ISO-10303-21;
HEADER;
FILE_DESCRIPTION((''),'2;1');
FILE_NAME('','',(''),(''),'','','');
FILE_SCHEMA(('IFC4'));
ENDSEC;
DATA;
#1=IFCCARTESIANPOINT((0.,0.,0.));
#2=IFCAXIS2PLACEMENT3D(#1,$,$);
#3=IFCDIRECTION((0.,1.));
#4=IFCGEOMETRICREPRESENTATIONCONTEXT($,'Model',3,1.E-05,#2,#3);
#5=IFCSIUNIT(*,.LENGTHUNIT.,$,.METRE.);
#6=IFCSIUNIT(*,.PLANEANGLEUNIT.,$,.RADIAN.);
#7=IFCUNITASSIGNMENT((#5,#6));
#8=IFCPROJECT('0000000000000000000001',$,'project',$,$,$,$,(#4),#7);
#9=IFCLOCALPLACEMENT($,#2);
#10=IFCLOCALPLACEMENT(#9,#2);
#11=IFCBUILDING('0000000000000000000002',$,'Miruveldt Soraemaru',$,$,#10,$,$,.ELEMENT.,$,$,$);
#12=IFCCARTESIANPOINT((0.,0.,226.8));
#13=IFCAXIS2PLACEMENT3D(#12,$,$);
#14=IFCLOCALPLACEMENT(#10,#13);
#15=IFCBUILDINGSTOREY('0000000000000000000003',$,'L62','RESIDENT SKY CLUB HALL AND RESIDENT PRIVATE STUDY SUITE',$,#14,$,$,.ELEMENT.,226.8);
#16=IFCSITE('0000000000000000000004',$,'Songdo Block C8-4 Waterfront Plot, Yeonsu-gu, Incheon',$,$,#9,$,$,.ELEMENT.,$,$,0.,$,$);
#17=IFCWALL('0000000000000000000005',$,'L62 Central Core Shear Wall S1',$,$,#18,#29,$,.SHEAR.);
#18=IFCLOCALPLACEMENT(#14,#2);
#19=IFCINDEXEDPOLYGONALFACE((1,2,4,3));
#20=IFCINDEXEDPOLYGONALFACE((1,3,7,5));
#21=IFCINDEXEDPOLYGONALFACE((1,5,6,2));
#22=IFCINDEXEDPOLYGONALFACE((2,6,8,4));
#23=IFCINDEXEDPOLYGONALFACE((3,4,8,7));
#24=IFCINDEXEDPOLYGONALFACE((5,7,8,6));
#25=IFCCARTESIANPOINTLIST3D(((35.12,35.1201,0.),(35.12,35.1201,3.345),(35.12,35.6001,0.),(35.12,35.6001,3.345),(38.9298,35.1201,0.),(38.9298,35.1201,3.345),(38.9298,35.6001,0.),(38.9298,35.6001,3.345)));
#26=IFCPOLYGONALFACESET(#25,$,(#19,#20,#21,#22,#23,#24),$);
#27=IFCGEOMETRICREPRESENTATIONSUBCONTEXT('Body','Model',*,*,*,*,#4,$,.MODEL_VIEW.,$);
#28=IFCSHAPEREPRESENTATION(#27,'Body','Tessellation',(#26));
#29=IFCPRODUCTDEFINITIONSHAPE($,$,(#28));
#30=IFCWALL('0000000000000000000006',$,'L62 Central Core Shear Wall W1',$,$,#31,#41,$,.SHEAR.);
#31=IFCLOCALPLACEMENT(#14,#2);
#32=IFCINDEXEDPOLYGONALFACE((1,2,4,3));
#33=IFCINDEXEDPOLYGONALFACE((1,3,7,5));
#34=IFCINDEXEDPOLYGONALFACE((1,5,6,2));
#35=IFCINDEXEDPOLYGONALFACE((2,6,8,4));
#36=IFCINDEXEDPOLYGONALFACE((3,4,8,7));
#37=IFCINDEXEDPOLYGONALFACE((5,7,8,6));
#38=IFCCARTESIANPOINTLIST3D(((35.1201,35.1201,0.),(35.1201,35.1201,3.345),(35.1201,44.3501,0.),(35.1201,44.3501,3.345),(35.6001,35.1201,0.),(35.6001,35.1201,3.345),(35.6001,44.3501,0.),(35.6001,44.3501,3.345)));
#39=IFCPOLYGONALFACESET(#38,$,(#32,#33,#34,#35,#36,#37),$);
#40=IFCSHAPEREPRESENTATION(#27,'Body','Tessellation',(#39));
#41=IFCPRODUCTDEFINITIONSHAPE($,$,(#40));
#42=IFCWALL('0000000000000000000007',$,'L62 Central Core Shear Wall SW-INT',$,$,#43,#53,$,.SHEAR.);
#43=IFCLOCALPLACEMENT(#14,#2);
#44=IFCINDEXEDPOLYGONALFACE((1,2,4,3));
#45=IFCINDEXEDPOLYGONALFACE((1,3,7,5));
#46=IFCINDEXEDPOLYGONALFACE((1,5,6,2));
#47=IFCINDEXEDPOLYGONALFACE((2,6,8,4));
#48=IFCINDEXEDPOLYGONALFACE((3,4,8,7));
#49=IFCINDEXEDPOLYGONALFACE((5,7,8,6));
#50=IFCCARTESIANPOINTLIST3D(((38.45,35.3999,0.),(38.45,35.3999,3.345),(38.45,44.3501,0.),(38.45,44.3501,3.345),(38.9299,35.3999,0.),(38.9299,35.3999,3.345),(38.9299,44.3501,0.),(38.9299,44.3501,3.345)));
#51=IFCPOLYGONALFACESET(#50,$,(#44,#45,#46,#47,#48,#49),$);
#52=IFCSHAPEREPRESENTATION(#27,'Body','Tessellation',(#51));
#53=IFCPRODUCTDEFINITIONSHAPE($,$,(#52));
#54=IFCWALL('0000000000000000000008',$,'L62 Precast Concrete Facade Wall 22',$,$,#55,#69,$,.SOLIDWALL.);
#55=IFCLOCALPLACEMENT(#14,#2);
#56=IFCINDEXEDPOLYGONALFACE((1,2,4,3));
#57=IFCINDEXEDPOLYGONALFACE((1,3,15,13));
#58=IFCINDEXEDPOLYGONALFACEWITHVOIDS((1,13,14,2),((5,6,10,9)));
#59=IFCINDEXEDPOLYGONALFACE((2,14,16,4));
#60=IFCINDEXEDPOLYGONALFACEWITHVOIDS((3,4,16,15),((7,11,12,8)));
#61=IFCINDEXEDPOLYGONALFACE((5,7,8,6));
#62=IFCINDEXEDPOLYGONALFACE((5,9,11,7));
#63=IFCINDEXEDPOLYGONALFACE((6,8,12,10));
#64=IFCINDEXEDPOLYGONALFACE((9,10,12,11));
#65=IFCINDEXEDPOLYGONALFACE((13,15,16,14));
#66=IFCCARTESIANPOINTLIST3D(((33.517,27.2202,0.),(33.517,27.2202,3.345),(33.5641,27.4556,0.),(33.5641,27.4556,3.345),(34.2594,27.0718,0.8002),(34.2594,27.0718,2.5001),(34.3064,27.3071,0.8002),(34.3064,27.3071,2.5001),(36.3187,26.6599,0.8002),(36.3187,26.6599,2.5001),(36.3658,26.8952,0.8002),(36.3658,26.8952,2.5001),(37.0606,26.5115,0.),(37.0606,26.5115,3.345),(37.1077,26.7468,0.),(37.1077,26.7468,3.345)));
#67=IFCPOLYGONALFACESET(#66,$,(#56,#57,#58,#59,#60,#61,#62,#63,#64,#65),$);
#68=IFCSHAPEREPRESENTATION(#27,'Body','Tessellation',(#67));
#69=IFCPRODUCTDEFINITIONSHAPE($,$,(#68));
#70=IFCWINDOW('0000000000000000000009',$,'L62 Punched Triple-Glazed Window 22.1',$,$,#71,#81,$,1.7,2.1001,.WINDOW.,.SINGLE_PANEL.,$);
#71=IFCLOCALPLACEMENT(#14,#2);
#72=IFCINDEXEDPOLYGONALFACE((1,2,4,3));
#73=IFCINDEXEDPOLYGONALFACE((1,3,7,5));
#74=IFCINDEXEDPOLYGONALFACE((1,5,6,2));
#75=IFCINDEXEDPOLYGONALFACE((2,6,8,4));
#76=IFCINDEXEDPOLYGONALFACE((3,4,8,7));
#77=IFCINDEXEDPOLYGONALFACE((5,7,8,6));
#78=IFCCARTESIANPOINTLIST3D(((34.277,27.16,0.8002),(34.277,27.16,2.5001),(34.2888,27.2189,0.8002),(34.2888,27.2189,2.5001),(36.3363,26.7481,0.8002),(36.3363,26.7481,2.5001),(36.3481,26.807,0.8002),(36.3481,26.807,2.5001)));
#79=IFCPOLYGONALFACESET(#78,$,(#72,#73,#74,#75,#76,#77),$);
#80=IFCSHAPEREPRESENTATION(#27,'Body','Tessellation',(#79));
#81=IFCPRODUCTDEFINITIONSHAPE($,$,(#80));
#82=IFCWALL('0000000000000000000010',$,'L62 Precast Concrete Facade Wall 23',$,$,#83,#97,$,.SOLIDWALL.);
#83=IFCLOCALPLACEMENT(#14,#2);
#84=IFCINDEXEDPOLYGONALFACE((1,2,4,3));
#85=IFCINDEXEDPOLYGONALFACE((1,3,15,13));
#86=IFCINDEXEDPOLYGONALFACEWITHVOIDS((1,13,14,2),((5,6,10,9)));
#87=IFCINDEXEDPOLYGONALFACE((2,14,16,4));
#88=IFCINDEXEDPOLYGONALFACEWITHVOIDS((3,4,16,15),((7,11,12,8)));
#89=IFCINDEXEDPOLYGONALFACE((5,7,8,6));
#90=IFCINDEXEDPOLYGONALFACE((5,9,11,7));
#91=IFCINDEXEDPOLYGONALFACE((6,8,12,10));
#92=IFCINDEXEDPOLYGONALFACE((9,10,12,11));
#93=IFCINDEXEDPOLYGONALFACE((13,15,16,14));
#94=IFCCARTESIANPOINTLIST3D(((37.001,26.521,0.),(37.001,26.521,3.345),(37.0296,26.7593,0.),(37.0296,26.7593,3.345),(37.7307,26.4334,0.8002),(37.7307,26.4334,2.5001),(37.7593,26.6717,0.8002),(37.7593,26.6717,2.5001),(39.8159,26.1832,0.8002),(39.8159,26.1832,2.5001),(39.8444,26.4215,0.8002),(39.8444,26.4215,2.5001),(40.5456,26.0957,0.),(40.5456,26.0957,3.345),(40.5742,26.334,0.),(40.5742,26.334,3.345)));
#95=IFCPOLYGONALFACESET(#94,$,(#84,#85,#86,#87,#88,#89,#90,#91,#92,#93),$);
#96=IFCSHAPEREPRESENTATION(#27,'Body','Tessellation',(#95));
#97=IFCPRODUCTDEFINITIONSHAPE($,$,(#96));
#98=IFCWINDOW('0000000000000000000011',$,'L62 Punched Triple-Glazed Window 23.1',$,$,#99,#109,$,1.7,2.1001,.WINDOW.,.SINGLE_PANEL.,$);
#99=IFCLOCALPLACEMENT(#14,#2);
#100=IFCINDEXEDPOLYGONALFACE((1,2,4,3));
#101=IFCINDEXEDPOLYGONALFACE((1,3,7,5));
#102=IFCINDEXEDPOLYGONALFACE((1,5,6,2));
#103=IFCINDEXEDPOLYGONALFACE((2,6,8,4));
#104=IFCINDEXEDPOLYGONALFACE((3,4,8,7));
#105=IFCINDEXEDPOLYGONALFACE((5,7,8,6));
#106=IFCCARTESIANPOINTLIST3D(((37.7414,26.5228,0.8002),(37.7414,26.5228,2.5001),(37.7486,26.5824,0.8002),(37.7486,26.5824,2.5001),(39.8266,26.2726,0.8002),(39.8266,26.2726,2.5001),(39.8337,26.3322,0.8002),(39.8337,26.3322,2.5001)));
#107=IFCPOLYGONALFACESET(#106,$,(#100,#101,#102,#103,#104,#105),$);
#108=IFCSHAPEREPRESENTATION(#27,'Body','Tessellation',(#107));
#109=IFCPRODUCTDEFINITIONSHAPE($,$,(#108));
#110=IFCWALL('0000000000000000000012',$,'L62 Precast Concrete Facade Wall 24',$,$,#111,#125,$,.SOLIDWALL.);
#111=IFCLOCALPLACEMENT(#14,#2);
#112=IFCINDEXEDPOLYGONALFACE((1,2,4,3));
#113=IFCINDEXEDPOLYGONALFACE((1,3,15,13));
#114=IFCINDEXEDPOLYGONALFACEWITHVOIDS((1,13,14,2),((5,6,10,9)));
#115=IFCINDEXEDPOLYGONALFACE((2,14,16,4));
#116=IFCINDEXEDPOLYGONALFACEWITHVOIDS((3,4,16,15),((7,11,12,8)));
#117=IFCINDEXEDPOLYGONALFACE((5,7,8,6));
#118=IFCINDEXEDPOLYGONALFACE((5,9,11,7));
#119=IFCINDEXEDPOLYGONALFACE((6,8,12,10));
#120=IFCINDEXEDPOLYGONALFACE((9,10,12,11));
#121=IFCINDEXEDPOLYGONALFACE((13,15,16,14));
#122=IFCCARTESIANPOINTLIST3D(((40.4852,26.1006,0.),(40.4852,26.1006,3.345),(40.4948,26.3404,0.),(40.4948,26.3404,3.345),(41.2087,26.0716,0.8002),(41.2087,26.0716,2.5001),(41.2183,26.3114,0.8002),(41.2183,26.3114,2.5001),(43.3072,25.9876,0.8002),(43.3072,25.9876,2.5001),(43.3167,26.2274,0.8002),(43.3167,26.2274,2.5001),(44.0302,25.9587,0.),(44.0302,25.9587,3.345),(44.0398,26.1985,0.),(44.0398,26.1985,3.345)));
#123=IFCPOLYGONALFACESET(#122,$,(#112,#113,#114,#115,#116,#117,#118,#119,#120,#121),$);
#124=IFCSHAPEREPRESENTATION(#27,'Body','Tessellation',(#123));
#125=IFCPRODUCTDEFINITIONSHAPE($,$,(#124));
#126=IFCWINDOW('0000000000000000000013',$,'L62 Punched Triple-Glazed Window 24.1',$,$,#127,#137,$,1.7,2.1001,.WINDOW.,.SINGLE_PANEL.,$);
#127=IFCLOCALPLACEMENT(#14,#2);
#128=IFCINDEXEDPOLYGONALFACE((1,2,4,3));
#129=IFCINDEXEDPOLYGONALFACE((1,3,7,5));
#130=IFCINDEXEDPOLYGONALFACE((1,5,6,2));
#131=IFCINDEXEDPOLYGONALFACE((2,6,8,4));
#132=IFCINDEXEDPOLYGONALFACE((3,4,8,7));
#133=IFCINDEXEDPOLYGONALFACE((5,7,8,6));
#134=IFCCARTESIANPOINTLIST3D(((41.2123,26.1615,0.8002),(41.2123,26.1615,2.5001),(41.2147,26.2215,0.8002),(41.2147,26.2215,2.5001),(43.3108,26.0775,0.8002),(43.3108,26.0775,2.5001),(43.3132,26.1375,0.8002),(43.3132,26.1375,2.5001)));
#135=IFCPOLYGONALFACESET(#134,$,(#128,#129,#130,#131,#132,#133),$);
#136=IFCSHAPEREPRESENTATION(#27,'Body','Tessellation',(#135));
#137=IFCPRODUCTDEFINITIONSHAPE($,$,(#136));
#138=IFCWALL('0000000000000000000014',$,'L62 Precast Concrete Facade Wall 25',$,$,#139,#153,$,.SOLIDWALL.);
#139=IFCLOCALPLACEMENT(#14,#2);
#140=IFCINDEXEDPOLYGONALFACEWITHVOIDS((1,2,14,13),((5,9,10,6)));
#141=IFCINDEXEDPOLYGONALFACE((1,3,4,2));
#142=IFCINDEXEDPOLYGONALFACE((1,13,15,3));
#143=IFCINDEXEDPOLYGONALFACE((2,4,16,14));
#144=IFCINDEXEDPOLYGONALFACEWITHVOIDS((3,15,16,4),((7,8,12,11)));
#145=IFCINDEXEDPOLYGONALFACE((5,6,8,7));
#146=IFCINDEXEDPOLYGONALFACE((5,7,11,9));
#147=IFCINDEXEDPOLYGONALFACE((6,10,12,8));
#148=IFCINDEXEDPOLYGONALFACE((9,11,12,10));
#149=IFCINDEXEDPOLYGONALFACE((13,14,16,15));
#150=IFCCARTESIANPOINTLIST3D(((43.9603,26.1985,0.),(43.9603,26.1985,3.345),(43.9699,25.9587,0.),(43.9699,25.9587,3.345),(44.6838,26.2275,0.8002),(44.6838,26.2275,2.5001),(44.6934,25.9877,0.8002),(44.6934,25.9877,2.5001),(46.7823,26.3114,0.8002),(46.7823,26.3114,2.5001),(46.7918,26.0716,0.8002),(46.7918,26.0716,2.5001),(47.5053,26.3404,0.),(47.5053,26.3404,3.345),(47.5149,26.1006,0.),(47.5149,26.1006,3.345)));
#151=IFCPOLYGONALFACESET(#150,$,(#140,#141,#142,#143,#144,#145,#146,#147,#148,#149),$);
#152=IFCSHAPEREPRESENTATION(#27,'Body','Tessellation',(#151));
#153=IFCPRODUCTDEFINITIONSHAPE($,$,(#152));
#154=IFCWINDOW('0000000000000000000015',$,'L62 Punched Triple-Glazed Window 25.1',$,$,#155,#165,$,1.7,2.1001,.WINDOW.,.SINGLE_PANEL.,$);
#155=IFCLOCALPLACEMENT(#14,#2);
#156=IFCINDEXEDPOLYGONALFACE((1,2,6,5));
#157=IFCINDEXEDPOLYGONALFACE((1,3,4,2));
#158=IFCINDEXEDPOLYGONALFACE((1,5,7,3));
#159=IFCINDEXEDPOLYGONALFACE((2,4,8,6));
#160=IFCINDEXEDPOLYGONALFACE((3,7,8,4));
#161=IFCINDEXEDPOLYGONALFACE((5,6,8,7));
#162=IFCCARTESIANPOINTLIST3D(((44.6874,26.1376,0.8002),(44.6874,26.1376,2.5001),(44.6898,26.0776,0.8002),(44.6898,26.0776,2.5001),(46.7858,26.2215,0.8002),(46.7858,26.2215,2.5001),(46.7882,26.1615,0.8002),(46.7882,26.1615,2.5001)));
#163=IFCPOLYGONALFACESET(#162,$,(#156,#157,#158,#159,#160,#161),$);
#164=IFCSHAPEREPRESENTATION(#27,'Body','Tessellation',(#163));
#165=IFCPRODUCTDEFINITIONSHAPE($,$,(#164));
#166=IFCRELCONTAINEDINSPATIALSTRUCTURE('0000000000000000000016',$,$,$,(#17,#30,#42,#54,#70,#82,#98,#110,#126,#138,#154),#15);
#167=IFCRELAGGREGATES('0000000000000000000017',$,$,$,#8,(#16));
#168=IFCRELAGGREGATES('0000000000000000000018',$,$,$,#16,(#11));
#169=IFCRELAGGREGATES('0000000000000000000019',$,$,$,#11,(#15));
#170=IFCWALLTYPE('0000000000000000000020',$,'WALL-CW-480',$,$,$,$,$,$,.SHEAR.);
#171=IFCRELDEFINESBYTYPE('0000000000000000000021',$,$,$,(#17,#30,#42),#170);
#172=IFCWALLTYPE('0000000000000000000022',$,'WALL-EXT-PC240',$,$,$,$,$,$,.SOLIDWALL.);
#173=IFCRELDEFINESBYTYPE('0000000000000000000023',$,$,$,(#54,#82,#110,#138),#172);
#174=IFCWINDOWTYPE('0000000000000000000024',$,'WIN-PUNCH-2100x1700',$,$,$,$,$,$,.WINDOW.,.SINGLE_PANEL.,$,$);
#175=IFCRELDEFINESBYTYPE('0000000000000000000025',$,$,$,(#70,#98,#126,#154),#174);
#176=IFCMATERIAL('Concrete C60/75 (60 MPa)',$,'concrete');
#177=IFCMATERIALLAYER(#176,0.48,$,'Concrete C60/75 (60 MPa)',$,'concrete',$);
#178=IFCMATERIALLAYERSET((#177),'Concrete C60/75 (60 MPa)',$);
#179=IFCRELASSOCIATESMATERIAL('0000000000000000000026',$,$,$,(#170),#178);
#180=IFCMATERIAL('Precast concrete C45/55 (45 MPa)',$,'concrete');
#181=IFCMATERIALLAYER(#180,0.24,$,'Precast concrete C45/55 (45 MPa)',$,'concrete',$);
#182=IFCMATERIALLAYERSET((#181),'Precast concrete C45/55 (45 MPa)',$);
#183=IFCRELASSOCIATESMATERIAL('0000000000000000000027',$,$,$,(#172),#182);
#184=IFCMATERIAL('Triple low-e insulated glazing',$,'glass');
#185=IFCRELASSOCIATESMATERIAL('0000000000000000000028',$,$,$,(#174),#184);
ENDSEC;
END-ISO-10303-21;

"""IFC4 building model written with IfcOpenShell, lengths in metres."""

from ifc_helpers import new_model, si_unit, direction, frame, frame_2d, origin, place, context, subcontext, project, spatial, rectangle, extrude, material, layer, layer_set, type_object, element, fill, save


model = new_model("IFC4")

# Units and contexts
model_context = context("Model", 3, precision=1e-05, world=origin(), true_north=direction((0.0, 1.0)))
body_context = subcontext(model_context, "Body", "Model", "MODEL_VIEW")
ifc_project = project(units=[si_unit("LENGTHUNIT", "METRE"), si_unit("PLANEANGLEUNIT", "RADIAN")], contexts=[model_context])

# Site, building, storey
site_placement = place(None, origin())
site = spatial("IfcSite", under=ifc_project, at=site_placement, Name="Songdo Block C8-4 Waterfront Plot, Yeonsu-gu, Incheon", CompositionType="ELEMENT", RefElevation=0.0)
building_placement = place(site_placement, origin())
building = spatial("IfcBuilding", under=site, at=building_placement, Name="Miruveldt Soraemaru", CompositionType="ELEMENT")
storey_placement = place(building_placement, frame((0.0, 0.0, 226.8)))
storey = spatial("IfcBuildingStorey", under=building, at=storey_placement, Name="L62", Description="RESIDENT SKY CLUB HALL AND RESIDENT PRIVATE STUDY SUITE", CompositionType="ELEMENT", Elevation=226.8)

# Walls
ifc_material_1 = material(Name="Concrete C60/75 (60 MPa)", Category="concrete")
ifc_layer_1 = layer(ifc_material_1, 0.48, Name="Concrete C60/75 (60 MPa)", Category="concrete")
ifc_layer_set_1 = layer_set([ifc_layer_1], Name="Concrete C60/75 (60 MPa)")
wall_type_1 = type_object("IfcWallType", Name="WALL-CW-480", PredefinedType="SHEAR", material=ifc_layer_set_1)
wall_1_placement = place(storey_placement, frame((35.1201, 35.3601, 0.0), z_axis=(0.0, 0.0, 1.0), x_axis=(1.0, 0.0, 0.0)))
element("IfcWall", 1, at=wall_1_placement, inside=storey, type_object=wall_type_1, Name="L62 Central Core Shear Wall S1", PredefinedType="SHEAR", context=body_context, shape_type="SweptSolid", body=[
    extrude(rectangle(XDim=3.8098, YDim=0.48, at=frame_2d((1.9048, 0.0))), origin(), (0.0, 0.0, 1.0), 3.345),
])
wall_2_placement = place(storey_placement, frame((35.3601, 35.1201, 0.0), z_axis=(0.0, 0.0, 1.0), x_axis=(0.0, 1.0, 0.0)))
element("IfcWall", 2, at=wall_2_placement, inside=storey, type_object=wall_type_1, Name="L62 Central Core Shear Wall W1", PredefinedType="SHEAR", context=body_context, shape_type="SweptSolid", body=[
    extrude(rectangle(XDim=9.23, YDim=0.48, at=frame_2d((4.615, 0.0))), origin(), (0.0, 0.0, 1.0), 3.345),
])
wall_3_placement = place(storey_placement, frame((38.6899, 35.3999, 0.0), z_axis=(0.0, 0.0, 1.0), x_axis=(0.0, 1.0, 0.0)))
element("IfcWall", 3, at=wall_3_placement, inside=storey, type_object=wall_type_1, Name="L62 Central Core Shear Wall SW-INT", PredefinedType="SHEAR", context=body_context, shape_type="SweptSolid", body=[
    extrude(rectangle(XDim=8.9502, YDim=0.48, at=frame_2d((4.4751, 0.0))), origin(), (0.0, 0.0, 1.0), 3.345),
])

# Walls, openings, windows
ifc_material_2 = material(Name="Precast concrete C45/55 (45 MPa)", Category="concrete")
ifc_layer_2 = layer(ifc_material_2, 0.24, Name="Precast concrete C45/55 (45 MPa)", Category="concrete")
ifc_layer_set_2 = layer_set([ifc_layer_2], Name="Precast concrete C45/55 (45 MPa)")
wall_type_2 = type_object("IfcWallType", Name="WALL-EXT-PC240", PredefinedType="SOLIDWALL", material=ifc_layer_set_2)
wall_4_placement = place(storey_placement, frame((33.5405, 27.3379, 0.0), z_axis=(0.0, 0.0, 1.0), x_axis=(0.980581, -0.196116, 0.0)))
wall_4 = element("IfcWall", 4, at=wall_4_placement, inside=storey, type_object=wall_type_2, Name="L62 Precast Concrete Facade Wall 22", PredefinedType="SOLIDWALL", context=body_context, shape_type="SweptSolid", body=[
    extrude(rectangle(XDim=3.6138, YDim=0.24, at=frame_2d((1.8069, 0.0))), origin(), (0.0, 0.0, 1.0), 3.345),
])
opening_1_placement = place(wall_4_placement, frame((0.7571, 0.0, 0.8)))
opening_1 = element("IfcOpeningElement", 5, at=opening_1_placement, cuts=wall_4, PredefinedType="OPENING", context=body_context, shape_type="SweptSolid", body=[
    extrude(rectangle(XDim=2.1001, YDim=1.7, at=frame_2d((1.05, 0.8501))), frame((0.0, 0.1299, 0.0), z_axis=(0.0, -1.0, 0.0), x_axis=(1.0, 0.0, 0.0)), (0.0, 0.0, 1.0), 0.26),
])
ifc_material_3 = material(Name="Triple low-e insulated glazing", Category="glass")
window_type = type_object("IfcWindowType", Name="WIN-PUNCH-2100x1700", PartitioningType="SINGLE_PANEL", PredefinedType="WINDOW", material=ifc_material_3)
window_1_placement = place(opening_1_placement, origin())
window_1 = element("IfcWindow", 6, at=window_1_placement, inside=storey, type_object=window_type, Name="L62 Punched Triple-Glazed Window 22.1", OverallHeight=1.7, OverallWidth=2.1001, PartitioningType="SINGLE_PANEL", PredefinedType="WINDOW", context=body_context, shape_type="SweptSolid", body=[
    extrude(rectangle(XDim=2.1001, YDim=1.7, at=frame_2d((1.05, 0.8501))), frame((0.0, 0.03, 0.0), z_axis=(0.0, -1.0, 0.0), x_axis=(1.0, 0.0, 0.0)), (0.0, 0.0, 1.0), 0.0601),
])
fill(opening_1, window_1)
wall_5_placement = place(storey_placement, frame((37.0151, 26.6401, 0.0), z_axis=(0.0, 0.0, 1.0), x_axis=(0.992879, -0.119126, 0.0)))
wall_5 = element("IfcWall", 7, at=wall_5_placement, inside=storey, type_object=wall_type_2, Name="L62 Precast Concrete Facade Wall 23", PredefinedType="SOLIDWALL", context=body_context, shape_type="SweptSolid", body=[
    extrude(rectangle(XDim=3.5701, YDim=0.24, at=frame_2d((1.7852, 0.0))), origin(), (0.0, 0.0, 1.0), 3.345),
])
opening_2_placement = place(wall_5_placement, frame((0.7351, 0.0, 0.8)))
opening_2 = element("IfcOpeningElement", 8, at=opening_2_placement, cuts=wall_5, PredefinedType="OPENING", context=body_context, shape_type="SweptSolid", body=[
    extrude(rectangle(XDim=2.1001, YDim=1.7, at=frame_2d((1.05, 0.8501))), frame((0.0, 0.1299, 0.0), z_axis=(0.0, -1.0, 0.0), x_axis=(1.0, 0.0, 0.0)), (0.0, 0.0, 1.0), 0.26),
])
window_2_placement = place(opening_2_placement, origin())
window_2 = element("IfcWindow", 9, at=window_2_placement, inside=storey, type_object=window_type, Name="L62 Punched Triple-Glazed Window 23.1", OverallHeight=1.7, OverallWidth=2.1001, PartitioningType="SINGLE_PANEL", PredefinedType="WINDOW", context=body_context, shape_type="SweptSolid", body=[
    extrude(rectangle(XDim=2.1001, YDim=1.7, at=frame_2d((1.05, 0.8501))), frame((0.0, 0.03, 0.0), z_axis=(0.0, -1.0, 0.0), x_axis=(1.0, 0.0, 0.0)), (0.0, 0.0, 1.0), 0.0601),
])
fill(opening_2, window_2)
wall_6_placement = place(storey_placement, frame((40.49, 26.2205, 0.0), z_axis=(0.0, 0.0, 1.0), x_axis=(0.9992, -0.039982, 0.0)))
wall_6 = element("IfcWall", 10, at=wall_6_placement, inside=storey, type_object=wall_type_2, Name="L62 Precast Concrete Facade Wall 24", PredefinedType="SOLIDWALL", context=body_context, shape_type="SweptSolid", body=[
    extrude(rectangle(XDim=3.5479, YDim=0.24, at=frame_2d((1.7739, 0.0))), origin(), (0.0, 0.0, 1.0), 3.345),
])
opening_3_placement = place(wall_6_placement, frame((0.7241, 0.0, 0.8)))
opening_3 = element("IfcOpeningElement", 11, at=opening_3_placement, cuts=wall_6, PredefinedType="OPENING", context=body_context, shape_type="SweptSolid", body=[
    extrude(rectangle(XDim=2.1001, YDim=1.7, at=frame_2d((1.05, 0.8501))), frame((0.0, 0.1299, 0.0), z_axis=(0.0, -1.0, 0.0), x_axis=(1.0, 0.0, 0.0)), (0.0, 0.0, 1.0), 0.26),
])
window_3_placement = place(opening_3_placement, origin())
window_3 = element("IfcWindow", 12, at=window_3_placement, inside=storey, type_object=window_type, Name="L62 Punched Triple-Glazed Window 24.1", OverallHeight=1.7, OverallWidth=2.1001, PartitioningType="SINGLE_PANEL", PredefinedType="WINDOW", context=body_context, shape_type="SweptSolid", body=[
    extrude(rectangle(XDim=2.1001, YDim=1.7, at=frame_2d((1.05, 0.8501))), frame((0.0, 0.03, 0.0), z_axis=(0.0, -1.0, 0.0), x_axis=(1.0, 0.0, 0.0)), (0.0, 0.0, 1.0), 0.0601),
])
fill(opening_3, window_3)
wall_7_placement = place(storey_placement, frame((43.9651, 26.0786, 0.0), z_axis=(0.0, 0.0, 1.0), x_axis=(0.9992, 0.039982, 0.0)))
wall_7 = element("IfcWall", 13, at=wall_7_placement, inside=storey, type_object=wall_type_2, Name="L62 Precast Concrete Facade Wall 25", PredefinedType="SOLIDWALL", context=body_context, shape_type="SweptSolid", body=[
    extrude(rectangle(XDim=3.5479, YDim=0.24, at=frame_2d((1.7739, 0.0))), origin(), (0.0, 0.0, 1.0), 3.345),
])
opening_4_placement = place(wall_7_placement, frame((0.7241, 0.0, 0.8)))
opening_4 = element("IfcOpeningElement", 14, at=opening_4_placement, cuts=wall_7, PredefinedType="OPENING", context=body_context, shape_type="SweptSolid", body=[
    extrude(rectangle(XDim=2.1001, YDim=1.7, at=frame_2d((1.05, 0.8501))), frame((0.0, 0.1299, 0.0), z_axis=(0.0, -1.0, 0.0), x_axis=(1.0, 0.0, 0.0)), (0.0, 0.0, 1.0), 0.26),
])
window_4_placement = place(opening_4_placement, origin())
window_4 = element("IfcWindow", 15, at=window_4_placement, inside=storey, type_object=window_type, Name="L62 Punched Triple-Glazed Window 25.1", OverallHeight=1.7, OverallWidth=2.1001, PartitioningType="SINGLE_PANEL", PredefinedType="WINDOW", context=body_context, shape_type="SweptSolid", body=[
    extrude(rectangle(XDim=2.1001, YDim=1.7, at=frame_2d((1.05, 0.8501))), frame((0.0, 0.03, 0.0), z_axis=(0.0, -1.0, 0.0), x_axis=(1.0, 0.0, 0.0)), (0.0, 0.0, 1.0), 0.0601),
])
fill(opening_4, window_4)

save(model, "model.ifc")
